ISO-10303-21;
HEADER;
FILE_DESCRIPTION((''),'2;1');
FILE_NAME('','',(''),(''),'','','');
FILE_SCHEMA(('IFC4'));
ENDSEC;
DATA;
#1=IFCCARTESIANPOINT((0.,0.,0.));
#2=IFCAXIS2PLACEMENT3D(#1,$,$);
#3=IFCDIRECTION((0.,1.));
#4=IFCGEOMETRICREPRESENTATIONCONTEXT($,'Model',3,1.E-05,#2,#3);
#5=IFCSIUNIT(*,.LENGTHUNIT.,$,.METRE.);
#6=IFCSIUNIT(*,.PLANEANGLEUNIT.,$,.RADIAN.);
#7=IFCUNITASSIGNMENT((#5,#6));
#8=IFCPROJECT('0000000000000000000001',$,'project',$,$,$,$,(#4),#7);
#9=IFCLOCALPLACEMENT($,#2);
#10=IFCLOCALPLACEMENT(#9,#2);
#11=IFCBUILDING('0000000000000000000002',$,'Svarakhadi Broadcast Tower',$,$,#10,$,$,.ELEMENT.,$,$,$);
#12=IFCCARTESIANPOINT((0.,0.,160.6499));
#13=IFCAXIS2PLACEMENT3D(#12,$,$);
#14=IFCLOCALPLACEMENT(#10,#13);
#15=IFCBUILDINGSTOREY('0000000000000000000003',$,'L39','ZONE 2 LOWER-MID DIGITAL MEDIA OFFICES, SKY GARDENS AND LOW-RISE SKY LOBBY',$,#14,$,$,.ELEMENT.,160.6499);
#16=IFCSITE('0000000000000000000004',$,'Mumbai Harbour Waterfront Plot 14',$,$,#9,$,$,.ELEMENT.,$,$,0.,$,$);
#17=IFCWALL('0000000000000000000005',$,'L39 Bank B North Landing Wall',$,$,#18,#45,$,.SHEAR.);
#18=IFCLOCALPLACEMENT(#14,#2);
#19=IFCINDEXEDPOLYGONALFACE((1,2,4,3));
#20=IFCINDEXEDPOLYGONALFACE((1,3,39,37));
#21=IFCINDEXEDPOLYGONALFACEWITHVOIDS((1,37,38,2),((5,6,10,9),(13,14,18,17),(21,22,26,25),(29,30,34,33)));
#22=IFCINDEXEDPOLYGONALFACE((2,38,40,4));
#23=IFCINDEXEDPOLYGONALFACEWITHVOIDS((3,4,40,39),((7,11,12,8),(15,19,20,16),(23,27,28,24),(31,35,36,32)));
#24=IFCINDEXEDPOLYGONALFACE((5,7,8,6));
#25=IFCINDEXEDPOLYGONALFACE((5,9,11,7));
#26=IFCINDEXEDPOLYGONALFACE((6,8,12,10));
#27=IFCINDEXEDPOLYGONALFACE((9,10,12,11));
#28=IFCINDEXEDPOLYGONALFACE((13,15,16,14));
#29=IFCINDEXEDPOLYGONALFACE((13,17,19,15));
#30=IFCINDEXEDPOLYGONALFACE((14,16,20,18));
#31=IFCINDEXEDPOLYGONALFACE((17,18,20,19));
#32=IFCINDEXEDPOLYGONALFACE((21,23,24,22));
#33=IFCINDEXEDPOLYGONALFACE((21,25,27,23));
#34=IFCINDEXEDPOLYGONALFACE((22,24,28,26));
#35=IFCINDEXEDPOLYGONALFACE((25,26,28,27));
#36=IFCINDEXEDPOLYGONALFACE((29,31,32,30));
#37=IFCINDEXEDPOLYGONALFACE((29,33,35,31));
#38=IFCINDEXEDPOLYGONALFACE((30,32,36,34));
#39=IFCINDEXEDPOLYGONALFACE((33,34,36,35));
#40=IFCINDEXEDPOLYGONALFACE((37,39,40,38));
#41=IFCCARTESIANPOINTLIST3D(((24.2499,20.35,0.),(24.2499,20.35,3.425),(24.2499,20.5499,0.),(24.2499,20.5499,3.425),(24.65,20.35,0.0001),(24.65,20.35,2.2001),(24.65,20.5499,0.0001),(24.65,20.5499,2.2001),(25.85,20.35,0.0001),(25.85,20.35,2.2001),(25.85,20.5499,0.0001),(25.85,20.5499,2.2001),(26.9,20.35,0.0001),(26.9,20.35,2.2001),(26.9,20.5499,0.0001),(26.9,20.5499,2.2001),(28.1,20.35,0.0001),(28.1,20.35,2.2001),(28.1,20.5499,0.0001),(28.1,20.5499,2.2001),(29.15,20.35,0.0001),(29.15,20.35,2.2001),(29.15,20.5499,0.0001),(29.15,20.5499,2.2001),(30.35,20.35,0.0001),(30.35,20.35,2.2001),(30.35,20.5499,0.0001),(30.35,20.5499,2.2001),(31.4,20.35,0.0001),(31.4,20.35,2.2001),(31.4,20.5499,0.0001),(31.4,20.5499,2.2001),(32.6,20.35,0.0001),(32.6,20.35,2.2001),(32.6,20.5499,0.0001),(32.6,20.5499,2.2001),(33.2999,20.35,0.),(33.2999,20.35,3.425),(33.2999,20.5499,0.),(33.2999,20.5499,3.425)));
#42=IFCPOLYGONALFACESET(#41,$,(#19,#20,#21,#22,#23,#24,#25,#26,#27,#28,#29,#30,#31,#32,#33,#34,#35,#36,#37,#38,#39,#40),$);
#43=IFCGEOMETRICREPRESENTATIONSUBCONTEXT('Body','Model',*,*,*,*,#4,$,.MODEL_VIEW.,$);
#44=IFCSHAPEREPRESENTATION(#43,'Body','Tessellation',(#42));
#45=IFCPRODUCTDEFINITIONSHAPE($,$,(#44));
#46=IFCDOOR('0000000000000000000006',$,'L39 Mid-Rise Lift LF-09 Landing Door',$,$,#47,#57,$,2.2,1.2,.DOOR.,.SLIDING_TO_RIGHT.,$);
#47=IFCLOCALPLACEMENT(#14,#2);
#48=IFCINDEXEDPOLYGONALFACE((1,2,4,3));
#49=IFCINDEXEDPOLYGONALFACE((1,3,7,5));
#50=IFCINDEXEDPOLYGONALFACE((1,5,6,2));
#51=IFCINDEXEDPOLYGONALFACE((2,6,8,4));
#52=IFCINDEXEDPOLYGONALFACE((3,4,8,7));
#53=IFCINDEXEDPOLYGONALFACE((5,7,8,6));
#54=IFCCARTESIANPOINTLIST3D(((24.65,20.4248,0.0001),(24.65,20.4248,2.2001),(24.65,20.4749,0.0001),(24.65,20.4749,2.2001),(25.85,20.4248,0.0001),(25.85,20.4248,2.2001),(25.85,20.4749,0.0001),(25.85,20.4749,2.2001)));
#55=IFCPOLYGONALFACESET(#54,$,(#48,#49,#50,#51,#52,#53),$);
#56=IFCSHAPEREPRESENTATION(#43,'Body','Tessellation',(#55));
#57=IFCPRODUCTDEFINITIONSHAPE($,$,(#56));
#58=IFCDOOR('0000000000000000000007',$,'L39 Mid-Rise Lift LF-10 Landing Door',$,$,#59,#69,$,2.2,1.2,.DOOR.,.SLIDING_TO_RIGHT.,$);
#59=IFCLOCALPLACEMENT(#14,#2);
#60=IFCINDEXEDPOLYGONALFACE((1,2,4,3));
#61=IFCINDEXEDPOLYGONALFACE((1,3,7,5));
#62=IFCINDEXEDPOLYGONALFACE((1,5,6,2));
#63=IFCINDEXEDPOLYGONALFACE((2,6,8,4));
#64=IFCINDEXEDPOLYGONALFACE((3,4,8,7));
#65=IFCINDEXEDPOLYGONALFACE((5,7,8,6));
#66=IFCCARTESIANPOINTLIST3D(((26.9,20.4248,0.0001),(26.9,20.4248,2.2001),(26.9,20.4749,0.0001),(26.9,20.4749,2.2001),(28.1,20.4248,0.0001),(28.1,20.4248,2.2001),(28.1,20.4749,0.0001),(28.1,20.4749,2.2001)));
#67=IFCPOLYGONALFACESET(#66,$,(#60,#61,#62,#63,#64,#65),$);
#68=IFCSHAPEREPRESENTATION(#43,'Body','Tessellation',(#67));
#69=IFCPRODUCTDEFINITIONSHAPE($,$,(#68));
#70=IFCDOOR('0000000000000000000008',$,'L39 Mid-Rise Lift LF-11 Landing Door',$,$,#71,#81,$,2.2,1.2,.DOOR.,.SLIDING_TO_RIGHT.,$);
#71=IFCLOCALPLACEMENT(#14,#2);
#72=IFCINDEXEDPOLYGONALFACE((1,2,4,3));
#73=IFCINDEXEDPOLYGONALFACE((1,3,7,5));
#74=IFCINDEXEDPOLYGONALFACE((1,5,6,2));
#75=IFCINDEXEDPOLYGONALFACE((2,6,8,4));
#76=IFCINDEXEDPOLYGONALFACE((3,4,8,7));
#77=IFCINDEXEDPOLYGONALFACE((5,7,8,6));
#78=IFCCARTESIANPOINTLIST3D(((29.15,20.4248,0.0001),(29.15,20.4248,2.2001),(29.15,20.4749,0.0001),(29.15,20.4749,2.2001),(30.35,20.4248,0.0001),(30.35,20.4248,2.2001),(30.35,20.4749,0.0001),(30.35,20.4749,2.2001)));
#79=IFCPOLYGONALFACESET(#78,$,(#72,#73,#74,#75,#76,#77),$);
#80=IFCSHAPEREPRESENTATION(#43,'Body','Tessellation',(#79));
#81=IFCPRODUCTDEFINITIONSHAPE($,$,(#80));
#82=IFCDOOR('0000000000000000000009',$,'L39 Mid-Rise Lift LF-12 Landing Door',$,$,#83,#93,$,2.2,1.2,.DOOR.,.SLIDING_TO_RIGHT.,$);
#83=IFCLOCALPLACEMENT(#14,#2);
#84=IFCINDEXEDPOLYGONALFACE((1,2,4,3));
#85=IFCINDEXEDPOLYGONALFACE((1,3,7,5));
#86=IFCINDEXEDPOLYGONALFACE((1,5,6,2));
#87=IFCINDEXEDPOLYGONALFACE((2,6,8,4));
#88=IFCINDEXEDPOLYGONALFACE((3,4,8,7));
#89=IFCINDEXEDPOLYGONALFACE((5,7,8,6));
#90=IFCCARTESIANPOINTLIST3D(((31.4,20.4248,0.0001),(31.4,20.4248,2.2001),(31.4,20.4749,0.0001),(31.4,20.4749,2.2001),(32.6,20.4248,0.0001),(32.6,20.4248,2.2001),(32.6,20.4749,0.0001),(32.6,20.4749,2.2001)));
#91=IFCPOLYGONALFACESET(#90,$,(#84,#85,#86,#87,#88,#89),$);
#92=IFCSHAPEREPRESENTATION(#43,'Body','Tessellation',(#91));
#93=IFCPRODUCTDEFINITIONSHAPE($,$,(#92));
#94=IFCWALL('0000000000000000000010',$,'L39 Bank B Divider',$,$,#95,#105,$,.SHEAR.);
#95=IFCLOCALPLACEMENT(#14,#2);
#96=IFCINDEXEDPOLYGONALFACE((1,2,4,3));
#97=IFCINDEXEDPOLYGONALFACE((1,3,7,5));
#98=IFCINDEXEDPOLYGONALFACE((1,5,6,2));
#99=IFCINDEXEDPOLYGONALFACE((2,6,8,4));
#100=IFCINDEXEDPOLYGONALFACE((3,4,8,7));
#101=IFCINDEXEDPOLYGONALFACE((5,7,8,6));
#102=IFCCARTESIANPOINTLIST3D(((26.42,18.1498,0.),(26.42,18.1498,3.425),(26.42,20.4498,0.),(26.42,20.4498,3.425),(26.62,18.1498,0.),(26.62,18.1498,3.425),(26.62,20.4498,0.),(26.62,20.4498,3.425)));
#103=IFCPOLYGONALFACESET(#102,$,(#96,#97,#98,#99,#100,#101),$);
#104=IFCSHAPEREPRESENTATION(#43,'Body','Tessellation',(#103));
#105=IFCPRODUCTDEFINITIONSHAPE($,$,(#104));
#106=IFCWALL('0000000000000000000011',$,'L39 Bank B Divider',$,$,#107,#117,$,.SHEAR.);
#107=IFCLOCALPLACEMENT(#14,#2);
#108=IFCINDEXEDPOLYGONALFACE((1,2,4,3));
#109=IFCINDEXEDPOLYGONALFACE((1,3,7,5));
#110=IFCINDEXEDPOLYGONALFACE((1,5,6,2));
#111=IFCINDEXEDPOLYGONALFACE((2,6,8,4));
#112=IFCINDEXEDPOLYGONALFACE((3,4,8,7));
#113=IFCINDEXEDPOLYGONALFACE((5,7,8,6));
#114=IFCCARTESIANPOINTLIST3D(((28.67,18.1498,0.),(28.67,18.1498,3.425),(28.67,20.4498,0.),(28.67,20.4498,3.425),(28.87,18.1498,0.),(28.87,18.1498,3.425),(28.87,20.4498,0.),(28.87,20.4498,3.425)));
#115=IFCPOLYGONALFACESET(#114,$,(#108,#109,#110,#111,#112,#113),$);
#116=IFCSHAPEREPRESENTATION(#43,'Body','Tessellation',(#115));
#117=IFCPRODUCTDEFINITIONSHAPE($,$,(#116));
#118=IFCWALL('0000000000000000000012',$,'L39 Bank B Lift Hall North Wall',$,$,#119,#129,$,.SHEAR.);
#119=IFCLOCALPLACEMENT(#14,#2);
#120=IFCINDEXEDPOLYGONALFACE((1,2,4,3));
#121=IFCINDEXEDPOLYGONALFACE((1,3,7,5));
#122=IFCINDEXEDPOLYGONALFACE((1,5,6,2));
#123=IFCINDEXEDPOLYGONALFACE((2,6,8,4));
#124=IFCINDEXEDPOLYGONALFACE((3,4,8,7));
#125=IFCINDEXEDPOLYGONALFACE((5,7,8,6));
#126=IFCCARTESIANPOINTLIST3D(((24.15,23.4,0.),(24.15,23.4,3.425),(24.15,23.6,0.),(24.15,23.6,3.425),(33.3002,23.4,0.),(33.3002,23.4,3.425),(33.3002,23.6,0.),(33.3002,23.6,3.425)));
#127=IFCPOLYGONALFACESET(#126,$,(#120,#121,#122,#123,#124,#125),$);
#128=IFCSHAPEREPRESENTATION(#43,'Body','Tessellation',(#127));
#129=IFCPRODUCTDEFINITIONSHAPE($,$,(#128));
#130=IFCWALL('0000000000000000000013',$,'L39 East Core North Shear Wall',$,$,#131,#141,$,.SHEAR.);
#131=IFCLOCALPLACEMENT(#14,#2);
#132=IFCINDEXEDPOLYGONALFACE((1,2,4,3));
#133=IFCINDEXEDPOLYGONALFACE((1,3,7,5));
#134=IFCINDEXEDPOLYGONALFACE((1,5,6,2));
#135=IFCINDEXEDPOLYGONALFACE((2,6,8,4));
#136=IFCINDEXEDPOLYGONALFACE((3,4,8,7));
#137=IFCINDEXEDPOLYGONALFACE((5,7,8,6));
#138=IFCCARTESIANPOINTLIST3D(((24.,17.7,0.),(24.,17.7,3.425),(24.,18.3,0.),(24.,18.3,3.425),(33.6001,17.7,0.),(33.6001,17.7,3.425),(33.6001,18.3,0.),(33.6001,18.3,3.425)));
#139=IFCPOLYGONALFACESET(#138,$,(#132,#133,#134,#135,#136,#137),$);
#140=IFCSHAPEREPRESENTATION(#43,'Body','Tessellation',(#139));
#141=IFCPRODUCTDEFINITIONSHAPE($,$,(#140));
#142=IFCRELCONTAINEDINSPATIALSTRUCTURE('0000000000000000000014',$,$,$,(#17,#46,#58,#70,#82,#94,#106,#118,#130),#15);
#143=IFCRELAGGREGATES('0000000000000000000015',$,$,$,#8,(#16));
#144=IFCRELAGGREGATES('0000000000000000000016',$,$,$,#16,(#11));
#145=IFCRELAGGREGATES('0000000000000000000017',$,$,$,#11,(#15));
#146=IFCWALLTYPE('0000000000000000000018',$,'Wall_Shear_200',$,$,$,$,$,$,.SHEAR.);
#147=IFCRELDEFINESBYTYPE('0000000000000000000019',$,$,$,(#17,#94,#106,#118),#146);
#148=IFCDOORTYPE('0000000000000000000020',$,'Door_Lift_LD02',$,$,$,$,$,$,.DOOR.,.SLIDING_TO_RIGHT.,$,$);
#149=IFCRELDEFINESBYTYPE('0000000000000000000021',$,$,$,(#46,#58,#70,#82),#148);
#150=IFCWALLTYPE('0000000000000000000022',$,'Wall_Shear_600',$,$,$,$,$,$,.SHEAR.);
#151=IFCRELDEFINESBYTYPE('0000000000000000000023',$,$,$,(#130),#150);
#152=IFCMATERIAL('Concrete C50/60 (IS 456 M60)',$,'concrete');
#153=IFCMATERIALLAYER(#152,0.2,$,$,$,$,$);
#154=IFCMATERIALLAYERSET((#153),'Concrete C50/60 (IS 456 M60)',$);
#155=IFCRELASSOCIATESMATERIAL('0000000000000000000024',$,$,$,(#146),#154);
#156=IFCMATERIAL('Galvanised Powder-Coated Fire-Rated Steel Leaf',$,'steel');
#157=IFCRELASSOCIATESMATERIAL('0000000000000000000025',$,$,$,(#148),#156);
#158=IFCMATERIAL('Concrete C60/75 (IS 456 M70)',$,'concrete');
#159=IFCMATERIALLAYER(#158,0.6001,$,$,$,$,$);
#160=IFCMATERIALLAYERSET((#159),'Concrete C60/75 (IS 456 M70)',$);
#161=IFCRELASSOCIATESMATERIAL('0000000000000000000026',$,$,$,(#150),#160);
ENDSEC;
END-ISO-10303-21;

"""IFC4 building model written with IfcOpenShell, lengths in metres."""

from ifc_helpers import new_model, si_unit, direction, frame, frame_2d, origin, place, context, subcontext, project, spatial, rectangle, extrude, material, layer, layer_set, type_object, element, fill, save


model = new_model("IFC4")

# Units and contexts
model_context = context("Model", 3, precision=1e-05, world=origin(), true_north=direction((0.0, 1.0)))
body_context = subcontext(model_context, "Body", "Model", "MODEL_VIEW")
ifc_project = project(units=[si_unit("LENGTHUNIT", "METRE"), si_unit("PLANEANGLEUNIT", "RADIAN")], contexts=[model_context])

# Site, building, storey
site_placement = place(None, origin())
site = spatial("IfcSite", under=ifc_project, at=site_placement, Name="Mumbai Harbour Waterfront Plot 14", CompositionType="ELEMENT", RefElevation=0.0)
building_placement = place(site_placement, origin())
building = spatial("IfcBuilding", under=site, at=building_placement, Name="Svarakhadi Broadcast Tower", CompositionType="ELEMENT")
storey_placement = place(building_placement, frame((0.0, 0.0, 160.6499)))
storey = spatial("IfcBuildingStorey", under=building, at=storey_placement, Name="L39", Description="ZONE 2 LOWER-MID DIGITAL MEDIA OFFICES, SKY GARDENS AND LOW-RISE SKY LOBBY", CompositionType="ELEMENT", Elevation=160.6499)

# Shared definitions
ifc_material_1 = material(Name="Concrete C50/60 (IS 456 M60)", Category="concrete")
ifc_layer_1 = layer(ifc_material_1, 0.2)
ifc_layer_set_1 = layer_set([ifc_layer_1], Name="Concrete C50/60 (IS 456 M60)")
wall_type_1 = type_object("IfcWallType", Name="Wall_Shear_200", PredefinedType="SHEAR", material=ifc_layer_set_1)

# Wall, openings, doors
wall_1_placement = place(storey_placement, frame((24.25, 20.45, 0.0), z_axis=(0.0, 0.0, 1.0), x_axis=(1.0, 0.0, 0.0)))
wall_1 = element("IfcWall", 1, at=wall_1_placement, inside=storey, type_object=wall_type_1, Name="L39 Bank B North Landing Wall", PredefinedType="SHEAR", context=body_context, shape_type="SweptSolid", body=[
    extrude(rectangle(XDim=9.05, YDim=0.2, at=frame_2d((4.5249, 0.0))), origin(), (0.0, 0.0, 1.0), 3.425),
])
opening_1_placement = place(wall_1_placement, frame((0.3999, 0.0, 0.0)))
opening_1 = element("IfcOpeningElement", 2, at=opening_1_placement, cuts=wall_1, PredefinedType="OPENING", context=body_context, shape_type="SweptSolid", body=[
    extrude(rectangle(XDim=1.2, YDim=2.2, at=frame_2d((0.6001, 1.1001))), frame((0.0, 0.1099, 0.0), z_axis=(0.0, -1.0, 0.0), x_axis=(1.0, 0.0, 0.0)), (0.0, 0.0, 1.0), 0.22),
])
opening_2_placement = place(wall_1_placement, frame((2.6499, 0.0, 0.0)))
opening_2 = element("IfcOpeningElement", 3, at=opening_2_placement, cuts=wall_1, PredefinedType="OPENING", context=body_context, shape_type="SweptSolid", body=[
    extrude(rectangle(XDim=1.2, YDim=2.2, at=frame_2d((0.6001, 1.1001))), frame((0.0, 0.1099, 0.0), z_axis=(0.0, -1.0, 0.0), x_axis=(1.0, 0.0, 0.0)), (0.0, 0.0, 1.0), 0.22),
])
opening_3_placement = place(wall_1_placement, frame((4.8999, 0.0, 0.0)))
opening_3 = element("IfcOpeningElement", 4, at=opening_3_placement, cuts=wall_1, PredefinedType="OPENING", context=body_context, shape_type="SweptSolid", body=[
    extrude(rectangle(XDim=1.2, YDim=2.2, at=frame_2d((0.6001, 1.1001))), frame((0.0, 0.1099, 0.0), z_axis=(0.0, -1.0, 0.0), x_axis=(1.0, 0.0, 0.0)), (0.0, 0.0, 1.0), 0.22),
])
opening_4_placement = place(wall_1_placement, frame((7.1499, 0.0, 0.0)))
opening_4 = element("IfcOpeningElement", 5, at=opening_4_placement, cuts=wall_1, PredefinedType="OPENING", context=body_context, shape_type="SweptSolid", body=[
    extrude(rectangle(XDim=1.2, YDim=2.2, at=frame_2d((0.6001, 1.1001))), frame((0.0, 0.1099, 0.0), z_axis=(0.0, -1.0, 0.0), x_axis=(1.0, 0.0, 0.0)), (0.0, 0.0, 1.0), 0.22),
])
ifc_material_2 = material(Name="Galvanised Powder-Coated Fire-Rated Steel Leaf", Category="steel")
door_type_1 = type_object("IfcDoorType", Name="Door_Lift_LD02", OperationType="SLIDING_TO_RIGHT", PredefinedType="DOOR", material=ifc_material_2)
door_1_placement = place(opening_1_placement, origin())
door_1 = element("IfcDoor", 6, at=door_1_placement, inside=storey, type_object=door_type_1, Name="L39 Mid-Rise Lift LF-09 Landing Door", OperationType="SLIDING_TO_RIGHT", OverallHeight=2.2, OverallWidth=1.2, PredefinedType="DOOR", context=body_context, shape_type="SweptSolid", body=[
    extrude(rectangle(XDim=1.2, YDim=2.2, at=frame_2d((0.6001, 1.1001))), frame((0.0, 0.0249, 0.0), z_axis=(0.0, -1.0, 0.0), x_axis=(1.0, 0.0, 0.0)), (0.0, 0.0, 1.0), 0.05),
])
fill(opening_1, door_1)
door_2_placement = place(opening_2_placement, origin())
door_2 = element("IfcDoor", 7, at=door_2_placement, inside=storey, type_object=door_type_1, Name="L39 Mid-Rise Lift LF-10 Landing Door", OperationType="SLIDING_TO_RIGHT", OverallHeight=2.2, OverallWidth=1.2, PredefinedType="DOOR", context=body_context, shape_type="SweptSolid", body=[
    extrude(rectangle(XDim=1.2, YDim=2.2, at=frame_2d((0.6001, 1.1001))), frame((0.0, 0.0249, 0.0), z_axis=(0.0, -1.0, 0.0), x_axis=(1.0, 0.0, 0.0)), (0.0, 0.0, 1.0), 0.05),
])
fill(opening_2, door_2)
door_3_placement = place(opening_3_placement, origin())
door_3 = element("IfcDoor", 8, at=door_3_placement, inside=storey, type_object=door_type_1, Name="L39 Mid-Rise Lift LF-11 Landing Door", OperationType="SLIDING_TO_RIGHT", OverallHeight=2.2, OverallWidth=1.2, PredefinedType="DOOR", context=body_context, shape_type="SweptSolid", body=[
    extrude(rectangle(XDim=1.2, YDim=2.2, at=frame_2d((0.6001, 1.1001))), frame((0.0, 0.0249, 0.0), z_axis=(0.0, -1.0, 0.0), x_axis=(1.0, 0.0, 0.0)), (0.0, 0.0, 1.0), 0.05),
])
fill(opening_3, door_3)
door_4_placement = place(opening_4_placement, origin())
door_4 = element("IfcDoor", 9, at=door_4_placement, inside=storey, type_object=door_type_1, Name="L39 Mid-Rise Lift LF-12 Landing Door", OperationType="SLIDING_TO_RIGHT", OverallHeight=2.2, OverallWidth=1.2, PredefinedType="DOOR", context=body_context, shape_type="SweptSolid", body=[
    extrude(rectangle(XDim=1.2, YDim=2.2, at=frame_2d((0.6001, 1.1001))), frame((0.0, 0.0249, 0.0), z_axis=(0.0, -1.0, 0.0), x_axis=(1.0, 0.0, 0.0)), (0.0, 0.0, 1.0), 0.05),
])
fill(opening_4, door_4)

# Walls
for number, where, z_axis, x_axis, name in (
    (10, (26.52, 18.1499, 0.0), (0.0, 0.0, 1.0), (0.0, 1.0, 0.0), "L39 Bank B Divider"),
    (11, (28.77, 18.1499, 0.0), (0.0, 0.0, 1.0), (0.0, 1.0, 0.0), "L39 Bank B Divider"),
):
    element("IfcWall", number, at=place(storey_placement, frame(where, z_axis=z_axis, x_axis=x_axis)), inside=storey, type_object=wall_type_1, Name=name, PredefinedType="SHEAR", context=body_context, shape_type="SweptSolid", body=[
        extrude(rectangle(XDim=2.3, YDim=0.2, at=frame_2d((1.1499, 0.0))), origin(), (0.0, 0.0, 1.0), 3.425),
    ])
wall_2_placement = place(storey_placement, frame((24.1499, 23.5, 0.0), z_axis=(0.0, 0.0, 1.0), x_axis=(1.0, 0.0, 0.0)))
element("IfcWall", 12, at=wall_2_placement, inside=storey, type_object=wall_type_1, Name="L39 Bank B Lift Hall North Wall", PredefinedType="SHEAR", context=body_context, shape_type="SweptSolid", body=[
    extrude(rectangle(XDim=9.1501, YDim=0.2, at=frame_2d((4.5752, 0.0))), origin(), (0.0, 0.0, 1.0), 3.425),
])

# Wall
ifc_material_3 = material(Name="Concrete C60/75 (IS 456 M70)", Category="concrete")
ifc_layer_2 = layer(ifc_material_3, 0.6001)
ifc_layer_set_2 = layer_set([ifc_layer_2], Name="Concrete C60/75 (IS 456 M70)")
wall_type_2 = type_object("IfcWallType", Name="Wall_Shear_600", PredefinedType="SHEAR", material=ifc_layer_set_2)
wall_3_placement = place(storey_placement, frame((24.0, 18.0, 0.0), z_axis=(0.0, 0.0, 1.0), x_axis=(1.0, 0.0, 0.0)))
element("IfcWall", 13, at=wall_3_placement, inside=storey, type_object=wall_type_2, Name="L39 East Core North Shear Wall", PredefinedType="SHEAR", context=body_context, shape_type="SweptSolid", body=[
    extrude(rectangle(XDim=9.6001, YDim=0.6001, at=frame_2d((4.8, 0.0))), origin(), (0.0, 0.0, 1.0), 3.425),
])

save(model, "model.ifc")
